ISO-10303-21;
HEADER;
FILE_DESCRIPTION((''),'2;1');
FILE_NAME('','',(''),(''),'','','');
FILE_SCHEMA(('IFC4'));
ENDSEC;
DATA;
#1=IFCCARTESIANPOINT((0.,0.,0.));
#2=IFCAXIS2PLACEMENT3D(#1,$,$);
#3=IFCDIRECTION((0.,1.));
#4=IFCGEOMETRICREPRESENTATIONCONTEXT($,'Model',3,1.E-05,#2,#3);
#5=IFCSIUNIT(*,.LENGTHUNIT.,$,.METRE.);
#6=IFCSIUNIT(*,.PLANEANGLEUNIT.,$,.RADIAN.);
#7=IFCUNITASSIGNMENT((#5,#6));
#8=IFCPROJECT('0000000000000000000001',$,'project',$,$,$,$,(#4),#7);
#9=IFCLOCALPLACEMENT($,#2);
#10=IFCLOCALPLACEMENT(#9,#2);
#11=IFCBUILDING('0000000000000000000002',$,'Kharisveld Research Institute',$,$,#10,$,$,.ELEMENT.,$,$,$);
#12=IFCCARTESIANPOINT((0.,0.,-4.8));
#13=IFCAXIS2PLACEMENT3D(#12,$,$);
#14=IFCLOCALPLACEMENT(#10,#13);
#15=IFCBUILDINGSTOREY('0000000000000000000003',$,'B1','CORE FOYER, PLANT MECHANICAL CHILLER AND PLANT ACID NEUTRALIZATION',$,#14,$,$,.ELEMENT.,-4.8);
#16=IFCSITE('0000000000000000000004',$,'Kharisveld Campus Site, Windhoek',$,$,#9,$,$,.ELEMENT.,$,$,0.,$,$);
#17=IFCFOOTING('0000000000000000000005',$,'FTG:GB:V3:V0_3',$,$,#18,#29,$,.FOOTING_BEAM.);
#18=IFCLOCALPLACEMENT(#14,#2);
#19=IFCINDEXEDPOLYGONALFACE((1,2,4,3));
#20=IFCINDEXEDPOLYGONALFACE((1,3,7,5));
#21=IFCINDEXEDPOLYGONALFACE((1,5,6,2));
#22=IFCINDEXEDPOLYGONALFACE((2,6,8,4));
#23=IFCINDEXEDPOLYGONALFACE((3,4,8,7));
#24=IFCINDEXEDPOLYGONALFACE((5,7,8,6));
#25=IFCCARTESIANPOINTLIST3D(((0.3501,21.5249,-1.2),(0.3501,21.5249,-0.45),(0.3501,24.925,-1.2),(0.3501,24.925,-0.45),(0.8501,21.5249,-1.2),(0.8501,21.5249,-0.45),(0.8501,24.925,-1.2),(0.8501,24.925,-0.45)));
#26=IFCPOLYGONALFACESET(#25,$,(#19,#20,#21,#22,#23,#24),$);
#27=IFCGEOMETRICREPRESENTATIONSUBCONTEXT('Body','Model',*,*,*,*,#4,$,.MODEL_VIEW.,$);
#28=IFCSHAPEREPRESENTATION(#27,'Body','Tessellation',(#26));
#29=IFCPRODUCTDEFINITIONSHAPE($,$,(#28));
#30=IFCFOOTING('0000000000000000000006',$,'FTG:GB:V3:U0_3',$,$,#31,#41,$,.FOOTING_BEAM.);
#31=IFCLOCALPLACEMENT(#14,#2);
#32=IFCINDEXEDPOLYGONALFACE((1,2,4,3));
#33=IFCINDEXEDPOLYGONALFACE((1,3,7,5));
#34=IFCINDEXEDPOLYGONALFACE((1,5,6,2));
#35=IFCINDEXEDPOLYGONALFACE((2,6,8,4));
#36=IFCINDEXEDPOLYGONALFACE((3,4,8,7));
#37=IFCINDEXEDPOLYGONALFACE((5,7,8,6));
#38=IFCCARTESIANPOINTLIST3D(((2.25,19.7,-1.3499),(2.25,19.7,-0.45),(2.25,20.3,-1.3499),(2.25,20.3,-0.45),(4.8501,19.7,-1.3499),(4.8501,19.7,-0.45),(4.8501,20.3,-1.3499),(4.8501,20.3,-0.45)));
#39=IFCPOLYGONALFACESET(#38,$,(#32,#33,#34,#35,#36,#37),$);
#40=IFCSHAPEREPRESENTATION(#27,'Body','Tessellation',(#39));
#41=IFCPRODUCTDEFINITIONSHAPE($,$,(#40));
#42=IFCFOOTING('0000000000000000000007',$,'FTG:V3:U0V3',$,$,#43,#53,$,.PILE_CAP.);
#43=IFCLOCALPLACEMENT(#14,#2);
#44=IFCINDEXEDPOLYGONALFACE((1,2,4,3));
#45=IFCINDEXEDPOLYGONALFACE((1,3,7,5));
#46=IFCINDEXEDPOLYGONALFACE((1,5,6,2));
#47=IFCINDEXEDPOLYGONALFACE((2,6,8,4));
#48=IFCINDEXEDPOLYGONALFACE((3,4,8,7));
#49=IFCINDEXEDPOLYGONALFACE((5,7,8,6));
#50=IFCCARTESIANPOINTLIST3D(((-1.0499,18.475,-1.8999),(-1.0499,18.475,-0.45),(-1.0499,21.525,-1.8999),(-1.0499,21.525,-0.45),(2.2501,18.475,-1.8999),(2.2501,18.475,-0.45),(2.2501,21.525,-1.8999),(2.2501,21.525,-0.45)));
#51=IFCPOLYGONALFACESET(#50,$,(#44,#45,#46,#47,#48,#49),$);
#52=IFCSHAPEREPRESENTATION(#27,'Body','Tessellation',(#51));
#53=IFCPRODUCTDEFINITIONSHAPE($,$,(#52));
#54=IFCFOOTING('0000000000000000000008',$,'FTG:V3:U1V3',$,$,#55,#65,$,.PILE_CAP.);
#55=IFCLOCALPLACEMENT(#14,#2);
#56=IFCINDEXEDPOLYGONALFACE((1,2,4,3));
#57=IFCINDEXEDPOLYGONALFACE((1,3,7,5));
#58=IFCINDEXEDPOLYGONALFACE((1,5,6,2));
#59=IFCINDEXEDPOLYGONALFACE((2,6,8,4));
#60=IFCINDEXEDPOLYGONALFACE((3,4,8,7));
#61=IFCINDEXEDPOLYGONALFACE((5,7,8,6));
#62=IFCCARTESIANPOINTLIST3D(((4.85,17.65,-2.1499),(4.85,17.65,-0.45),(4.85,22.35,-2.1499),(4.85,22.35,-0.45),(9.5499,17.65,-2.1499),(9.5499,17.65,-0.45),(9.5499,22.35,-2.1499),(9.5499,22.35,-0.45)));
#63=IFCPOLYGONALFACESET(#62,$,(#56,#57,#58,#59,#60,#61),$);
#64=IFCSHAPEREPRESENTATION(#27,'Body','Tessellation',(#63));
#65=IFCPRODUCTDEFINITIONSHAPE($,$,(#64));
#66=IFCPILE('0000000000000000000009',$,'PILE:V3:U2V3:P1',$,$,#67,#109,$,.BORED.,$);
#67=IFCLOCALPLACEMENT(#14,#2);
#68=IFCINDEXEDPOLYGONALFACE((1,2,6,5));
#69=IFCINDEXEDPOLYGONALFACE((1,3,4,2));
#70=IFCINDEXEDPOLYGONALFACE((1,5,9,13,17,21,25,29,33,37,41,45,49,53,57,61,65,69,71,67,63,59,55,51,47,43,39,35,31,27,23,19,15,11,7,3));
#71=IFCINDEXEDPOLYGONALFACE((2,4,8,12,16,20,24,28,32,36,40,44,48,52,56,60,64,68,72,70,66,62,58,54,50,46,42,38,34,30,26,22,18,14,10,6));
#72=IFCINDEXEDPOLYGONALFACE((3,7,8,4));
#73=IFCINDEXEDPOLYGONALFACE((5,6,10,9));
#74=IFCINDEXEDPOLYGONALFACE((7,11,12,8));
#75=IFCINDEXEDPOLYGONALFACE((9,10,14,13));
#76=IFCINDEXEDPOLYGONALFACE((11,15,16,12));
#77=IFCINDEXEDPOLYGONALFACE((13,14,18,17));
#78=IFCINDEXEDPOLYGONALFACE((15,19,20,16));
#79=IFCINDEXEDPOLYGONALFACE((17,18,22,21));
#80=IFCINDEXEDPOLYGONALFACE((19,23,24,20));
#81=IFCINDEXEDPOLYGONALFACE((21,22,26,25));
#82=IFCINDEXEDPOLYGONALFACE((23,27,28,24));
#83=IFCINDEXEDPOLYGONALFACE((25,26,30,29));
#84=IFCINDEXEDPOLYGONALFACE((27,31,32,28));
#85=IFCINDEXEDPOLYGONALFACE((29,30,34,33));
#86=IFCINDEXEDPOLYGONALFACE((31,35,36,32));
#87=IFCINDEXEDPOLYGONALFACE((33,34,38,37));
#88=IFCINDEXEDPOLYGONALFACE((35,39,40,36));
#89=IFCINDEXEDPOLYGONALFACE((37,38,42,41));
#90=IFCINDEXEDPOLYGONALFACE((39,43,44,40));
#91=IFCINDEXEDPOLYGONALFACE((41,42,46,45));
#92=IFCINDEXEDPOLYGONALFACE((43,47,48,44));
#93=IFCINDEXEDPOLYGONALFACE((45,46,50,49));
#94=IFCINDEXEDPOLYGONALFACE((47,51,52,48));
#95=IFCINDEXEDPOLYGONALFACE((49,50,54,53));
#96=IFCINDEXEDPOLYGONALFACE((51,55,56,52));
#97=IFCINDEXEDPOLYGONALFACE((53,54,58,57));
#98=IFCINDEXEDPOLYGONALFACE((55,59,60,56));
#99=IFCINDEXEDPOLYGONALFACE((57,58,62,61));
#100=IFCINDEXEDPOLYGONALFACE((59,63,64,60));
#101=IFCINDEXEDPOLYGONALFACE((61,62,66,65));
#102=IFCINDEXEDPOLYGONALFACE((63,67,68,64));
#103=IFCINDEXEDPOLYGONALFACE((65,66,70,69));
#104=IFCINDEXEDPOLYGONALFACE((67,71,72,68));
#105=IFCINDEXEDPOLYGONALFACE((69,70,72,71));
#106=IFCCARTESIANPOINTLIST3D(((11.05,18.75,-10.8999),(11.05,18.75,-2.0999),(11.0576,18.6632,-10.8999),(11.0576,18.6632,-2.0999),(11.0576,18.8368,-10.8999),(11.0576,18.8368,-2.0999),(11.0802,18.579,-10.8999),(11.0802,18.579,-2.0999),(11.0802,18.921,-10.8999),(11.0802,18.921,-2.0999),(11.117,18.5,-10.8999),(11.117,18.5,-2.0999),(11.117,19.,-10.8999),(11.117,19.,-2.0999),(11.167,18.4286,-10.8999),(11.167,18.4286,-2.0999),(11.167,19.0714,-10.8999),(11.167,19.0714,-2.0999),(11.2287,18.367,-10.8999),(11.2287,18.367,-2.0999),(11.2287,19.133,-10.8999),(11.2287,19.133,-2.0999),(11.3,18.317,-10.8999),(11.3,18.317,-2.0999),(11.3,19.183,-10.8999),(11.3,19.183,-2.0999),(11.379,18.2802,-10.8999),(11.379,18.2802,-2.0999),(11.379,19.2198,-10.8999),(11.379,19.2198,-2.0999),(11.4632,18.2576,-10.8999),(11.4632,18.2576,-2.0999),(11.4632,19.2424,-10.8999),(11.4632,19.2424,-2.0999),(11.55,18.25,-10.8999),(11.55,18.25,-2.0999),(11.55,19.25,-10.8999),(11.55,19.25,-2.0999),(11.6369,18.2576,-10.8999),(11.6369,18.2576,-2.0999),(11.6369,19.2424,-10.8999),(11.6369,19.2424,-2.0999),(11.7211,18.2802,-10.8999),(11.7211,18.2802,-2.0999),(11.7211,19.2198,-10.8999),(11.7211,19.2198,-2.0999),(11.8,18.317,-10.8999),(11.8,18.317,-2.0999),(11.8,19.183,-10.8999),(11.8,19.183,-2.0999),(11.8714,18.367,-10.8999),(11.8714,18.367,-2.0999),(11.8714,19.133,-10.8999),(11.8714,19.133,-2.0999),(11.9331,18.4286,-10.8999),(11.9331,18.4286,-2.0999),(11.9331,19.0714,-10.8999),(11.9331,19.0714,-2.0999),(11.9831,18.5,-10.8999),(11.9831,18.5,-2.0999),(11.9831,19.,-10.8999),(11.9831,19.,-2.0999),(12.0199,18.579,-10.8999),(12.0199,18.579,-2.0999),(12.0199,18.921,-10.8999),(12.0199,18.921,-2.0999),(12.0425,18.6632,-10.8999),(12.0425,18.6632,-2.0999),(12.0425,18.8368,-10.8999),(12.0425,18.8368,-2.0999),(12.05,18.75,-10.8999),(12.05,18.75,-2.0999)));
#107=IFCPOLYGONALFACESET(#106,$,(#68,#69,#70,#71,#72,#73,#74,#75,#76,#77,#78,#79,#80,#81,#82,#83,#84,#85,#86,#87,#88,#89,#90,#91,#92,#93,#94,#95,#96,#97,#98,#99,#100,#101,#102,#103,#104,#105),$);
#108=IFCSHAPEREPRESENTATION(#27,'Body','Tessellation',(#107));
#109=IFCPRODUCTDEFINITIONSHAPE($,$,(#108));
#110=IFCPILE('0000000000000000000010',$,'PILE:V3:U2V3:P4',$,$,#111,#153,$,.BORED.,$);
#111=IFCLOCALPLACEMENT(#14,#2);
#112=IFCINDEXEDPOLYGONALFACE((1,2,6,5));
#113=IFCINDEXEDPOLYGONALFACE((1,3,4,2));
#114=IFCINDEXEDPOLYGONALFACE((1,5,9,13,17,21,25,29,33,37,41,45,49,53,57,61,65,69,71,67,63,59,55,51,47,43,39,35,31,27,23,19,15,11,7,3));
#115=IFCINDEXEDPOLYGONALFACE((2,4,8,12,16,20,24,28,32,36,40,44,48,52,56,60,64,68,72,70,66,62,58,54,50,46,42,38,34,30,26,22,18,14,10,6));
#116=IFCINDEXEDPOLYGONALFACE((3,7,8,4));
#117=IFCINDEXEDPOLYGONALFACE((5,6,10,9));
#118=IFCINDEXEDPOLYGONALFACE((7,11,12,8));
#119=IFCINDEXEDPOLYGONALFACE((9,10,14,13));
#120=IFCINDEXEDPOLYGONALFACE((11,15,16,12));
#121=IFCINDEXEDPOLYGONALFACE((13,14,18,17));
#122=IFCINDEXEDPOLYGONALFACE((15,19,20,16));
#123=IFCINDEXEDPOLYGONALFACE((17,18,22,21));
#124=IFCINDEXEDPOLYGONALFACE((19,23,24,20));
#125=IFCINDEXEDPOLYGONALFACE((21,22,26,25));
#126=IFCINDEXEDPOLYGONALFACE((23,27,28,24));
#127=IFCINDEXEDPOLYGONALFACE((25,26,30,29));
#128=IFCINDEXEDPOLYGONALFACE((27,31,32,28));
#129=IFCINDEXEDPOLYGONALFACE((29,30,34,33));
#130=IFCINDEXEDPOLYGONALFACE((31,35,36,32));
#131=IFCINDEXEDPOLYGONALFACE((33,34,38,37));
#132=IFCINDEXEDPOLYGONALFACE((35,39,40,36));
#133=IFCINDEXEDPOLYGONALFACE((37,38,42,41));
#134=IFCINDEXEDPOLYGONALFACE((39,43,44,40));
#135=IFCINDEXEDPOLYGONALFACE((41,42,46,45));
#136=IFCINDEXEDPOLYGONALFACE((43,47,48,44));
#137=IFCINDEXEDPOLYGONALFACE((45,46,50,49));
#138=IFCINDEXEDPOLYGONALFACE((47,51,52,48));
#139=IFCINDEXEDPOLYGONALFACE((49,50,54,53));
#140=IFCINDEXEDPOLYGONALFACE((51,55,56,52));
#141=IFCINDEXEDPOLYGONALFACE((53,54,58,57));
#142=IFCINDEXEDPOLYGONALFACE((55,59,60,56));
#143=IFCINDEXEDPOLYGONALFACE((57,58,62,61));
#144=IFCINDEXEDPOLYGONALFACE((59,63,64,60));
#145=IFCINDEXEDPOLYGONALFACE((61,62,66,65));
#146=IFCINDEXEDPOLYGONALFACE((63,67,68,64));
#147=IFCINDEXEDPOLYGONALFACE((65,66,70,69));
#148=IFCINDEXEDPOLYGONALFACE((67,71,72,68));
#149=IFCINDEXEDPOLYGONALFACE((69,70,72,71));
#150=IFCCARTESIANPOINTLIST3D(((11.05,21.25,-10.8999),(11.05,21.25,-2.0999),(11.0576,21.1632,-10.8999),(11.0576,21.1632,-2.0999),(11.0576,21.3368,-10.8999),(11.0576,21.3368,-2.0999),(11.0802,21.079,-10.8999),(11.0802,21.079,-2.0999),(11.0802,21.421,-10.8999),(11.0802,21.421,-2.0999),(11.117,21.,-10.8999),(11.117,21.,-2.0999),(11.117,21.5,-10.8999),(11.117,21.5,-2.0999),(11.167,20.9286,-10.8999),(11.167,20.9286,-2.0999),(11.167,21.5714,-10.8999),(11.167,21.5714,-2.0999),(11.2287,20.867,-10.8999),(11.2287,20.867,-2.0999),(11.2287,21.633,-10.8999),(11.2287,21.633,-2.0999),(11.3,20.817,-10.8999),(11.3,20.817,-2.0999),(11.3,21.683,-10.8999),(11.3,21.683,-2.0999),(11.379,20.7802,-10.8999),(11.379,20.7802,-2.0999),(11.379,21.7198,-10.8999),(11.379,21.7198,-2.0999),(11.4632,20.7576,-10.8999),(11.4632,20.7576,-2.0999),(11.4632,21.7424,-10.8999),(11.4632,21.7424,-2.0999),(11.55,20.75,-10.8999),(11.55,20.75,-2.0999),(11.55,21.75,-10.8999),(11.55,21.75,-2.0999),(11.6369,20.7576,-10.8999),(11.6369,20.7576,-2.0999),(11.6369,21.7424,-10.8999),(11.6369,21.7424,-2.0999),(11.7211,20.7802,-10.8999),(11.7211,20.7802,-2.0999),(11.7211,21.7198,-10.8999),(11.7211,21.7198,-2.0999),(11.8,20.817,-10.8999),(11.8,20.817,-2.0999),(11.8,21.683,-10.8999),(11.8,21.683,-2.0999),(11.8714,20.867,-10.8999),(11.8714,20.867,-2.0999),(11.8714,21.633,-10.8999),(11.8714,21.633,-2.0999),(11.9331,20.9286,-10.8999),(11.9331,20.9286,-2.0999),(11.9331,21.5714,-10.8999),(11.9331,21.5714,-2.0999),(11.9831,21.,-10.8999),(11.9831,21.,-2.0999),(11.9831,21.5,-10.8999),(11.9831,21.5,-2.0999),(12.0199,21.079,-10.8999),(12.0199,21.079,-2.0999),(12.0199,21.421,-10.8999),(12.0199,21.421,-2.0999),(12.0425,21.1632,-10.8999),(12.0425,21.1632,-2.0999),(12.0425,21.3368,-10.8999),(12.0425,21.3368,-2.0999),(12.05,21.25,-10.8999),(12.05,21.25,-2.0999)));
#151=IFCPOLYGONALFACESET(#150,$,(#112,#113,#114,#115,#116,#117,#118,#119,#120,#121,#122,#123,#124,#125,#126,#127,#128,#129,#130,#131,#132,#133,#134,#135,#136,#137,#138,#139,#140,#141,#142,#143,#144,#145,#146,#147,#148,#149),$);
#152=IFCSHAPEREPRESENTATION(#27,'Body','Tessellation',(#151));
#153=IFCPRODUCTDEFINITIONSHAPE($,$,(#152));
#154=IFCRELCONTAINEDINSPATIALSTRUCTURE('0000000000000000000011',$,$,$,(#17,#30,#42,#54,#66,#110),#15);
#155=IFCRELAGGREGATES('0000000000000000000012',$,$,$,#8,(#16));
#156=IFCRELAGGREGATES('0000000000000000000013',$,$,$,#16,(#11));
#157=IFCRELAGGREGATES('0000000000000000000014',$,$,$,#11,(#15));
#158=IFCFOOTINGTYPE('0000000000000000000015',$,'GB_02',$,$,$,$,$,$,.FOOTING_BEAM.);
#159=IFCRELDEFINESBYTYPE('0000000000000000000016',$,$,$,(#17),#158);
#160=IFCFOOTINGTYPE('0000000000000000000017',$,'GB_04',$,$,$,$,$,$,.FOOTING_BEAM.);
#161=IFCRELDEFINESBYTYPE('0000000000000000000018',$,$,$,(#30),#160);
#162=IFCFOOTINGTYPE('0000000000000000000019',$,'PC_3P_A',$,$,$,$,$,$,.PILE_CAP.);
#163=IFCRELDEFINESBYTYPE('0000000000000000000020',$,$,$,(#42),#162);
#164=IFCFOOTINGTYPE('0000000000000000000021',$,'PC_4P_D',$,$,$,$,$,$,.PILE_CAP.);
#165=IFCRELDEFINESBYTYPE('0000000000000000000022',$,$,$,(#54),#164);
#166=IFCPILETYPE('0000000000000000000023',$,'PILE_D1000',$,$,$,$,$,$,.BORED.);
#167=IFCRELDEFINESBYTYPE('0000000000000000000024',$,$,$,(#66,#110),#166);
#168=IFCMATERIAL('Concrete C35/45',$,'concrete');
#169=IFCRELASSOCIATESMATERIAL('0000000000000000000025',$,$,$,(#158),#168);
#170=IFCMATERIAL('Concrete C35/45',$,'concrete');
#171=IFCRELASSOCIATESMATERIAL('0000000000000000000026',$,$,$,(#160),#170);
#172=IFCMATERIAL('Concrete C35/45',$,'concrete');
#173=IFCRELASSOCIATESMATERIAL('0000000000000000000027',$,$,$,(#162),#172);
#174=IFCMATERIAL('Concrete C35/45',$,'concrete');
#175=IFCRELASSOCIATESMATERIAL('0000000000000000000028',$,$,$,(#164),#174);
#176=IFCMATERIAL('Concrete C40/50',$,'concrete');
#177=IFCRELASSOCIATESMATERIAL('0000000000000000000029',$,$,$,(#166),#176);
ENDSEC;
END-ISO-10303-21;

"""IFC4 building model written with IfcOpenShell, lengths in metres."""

from ifc_helpers import new_model, si_unit, direction, frame, origin, origin_2d, place, context, subcontext, project, spatial, rectangle, circle, extrude, material, material_profile, profile_set, type_object, element, save


model = new_model("IFC4")

# Units and contexts
model_context = context("Model", 3, precision=1e-05, world=origin(), true_north=direction((0.0, 1.0)))
body_context = subcontext(model_context, "Body", "Model", "MODEL_VIEW")
ifc_project = project(units=[si_unit("LENGTHUNIT", "METRE"), si_unit("PLANEANGLEUNIT", "RADIAN")], contexts=[model_context])

# Site, building, storey
site_placement = place(None, origin())
site = spatial("IfcSite", under=ifc_project, at=site_placement, Name="Kharisveld Campus Site, Windhoek", CompositionType="ELEMENT", RefElevation=0.0)
building_placement = place(site_placement, origin())
building = spatial("IfcBuilding", under=site, at=building_placement, Name="Kharisveld Research Institute", CompositionType="ELEMENT")
storey_placement = place(building_placement, frame((0.0, 0.0, -4.8)))
storey = spatial("IfcBuildingStorey", under=building, at=storey_placement, Name="B1", Description="CORE FOYER, PLANT MECHANICAL CHILLER AND PLANT ACID NEUTRALIZATION", CompositionType="ELEMENT", Elevation=-4.8)

# Footings
ifc_material_1 = material(Name="Concrete C35/45", Category="concrete")
ifc_material_profile_1 = material_profile(ifc_material_1, rectangle(XDim=0.5, YDim=0.75, at=origin_2d()))
ifc_profile_set_1 = profile_set([ifc_material_profile_1], Name="Concrete C35/45")
footing_type_1 = type_object("IfcFootingType", Name="GB_02", PredefinedType="FOOTING_BEAM", material=ifc_profile_set_1)
footing_1_placement = place(storey_placement, frame((0.6001, 21.5249, -0.825), z_axis=(0.0, 1.0, 0.0), x_axis=(-1.0, 0.0, 0.0)))
element("IfcFooting", 1, at=footing_1_placement, inside=storey, type_object=footing_type_1, Name="FTG:GB:V3:V0_3", PredefinedType="FOOTING_BEAM", context=body_context, shape_type="SweptSolid", body=[
    extrude(rectangle(XDim=0.5, YDim=0.75, at=origin_2d()), origin(), (0.0, 0.0, 1.0), 3.4001),
])
ifc_material_2 = material(Name="Concrete C35/45", Category="concrete")
ifc_material_profile_2 = material_profile(ifc_material_2, rectangle(XDim=0.6001, YDim=0.8999, at=origin_2d()))
ifc_profile_set_2 = profile_set([ifc_material_profile_2], Name="Concrete C35/45")
footing_type_2 = type_object("IfcFootingType", Name="GB_04", PredefinedType="FOOTING_BEAM", material=ifc_profile_set_2)
footing_2_placement = place(storey_placement, frame((2.25, 20.0, -0.8999), z_axis=(1.0, 0.0, 0.0), x_axis=(0.0, 1.0, 0.0)))
element("IfcFooting", 2, at=footing_2_placement, inside=storey, type_object=footing_type_2, Name="FTG:GB:V3:U0_3", PredefinedType="FOOTING_BEAM", context=body_context, shape_type="SweptSolid", body=[
    extrude(rectangle(XDim=0.6001, YDim=0.8999, at=origin_2d()), origin(), (0.0, 0.0, 1.0), 2.6001),
])
ifc_material_3 = material(Name="Concrete C35/45", Category="concrete")
footing_type_3 = type_object("IfcFootingType", Name="PC_3P_A", PredefinedType="PILE_CAP", material=ifc_material_3)
footing_3_placement = place(storey_placement, frame((0.6001, 20.0, -1.8999), z_axis=(0.0, 0.0, 1.0), x_axis=(1.0, 0.0, 0.0)))
element("IfcFooting", 3, at=footing_3_placement, inside=storey, type_object=footing_type_3, Name="FTG:V3:U0V3", PredefinedType="PILE_CAP", context=body_context, shape_type="SweptSolid", body=[
    extrude(rectangle(XDim=3.3, YDim=3.05, at=origin_2d()), origin(), (0.0, 0.0, 1.0), 1.45),
])
ifc_material_4 = material(Name="Concrete C35/45", Category="concrete")
footing_type_4 = type_object("IfcFootingType", Name="PC_4P_D", PredefinedType="PILE_CAP", material=ifc_material_4)
footing_4_placement = place(storey_placement, frame((7.2, 20.0, -2.1499), z_axis=(0.0, 0.0, 1.0), x_axis=(1.0, 0.0, 0.0)))
element("IfcFooting", 4, at=footing_4_placement, inside=storey, type_object=footing_type_4, Name="FTG:V3:U1V3", PredefinedType="PILE_CAP", context=body_context, shape_type="SweptSolid", body=[
    extrude(rectangle(XDim=4.7, YDim=4.7, at=origin_2d()), origin(), (0.0, 0.0, 1.0), 1.7),
])

# Piles
ifc_material_5 = material(Name="Concrete C40/50", Category="concrete")
ifc_material_profile_3 = material_profile(ifc_material_5, circle(Radius=0.5, at=origin_2d()))
ifc_profile_set_3 = profile_set([ifc_material_profile_3], Name="Concrete C40/50")
pile_type_1 = type_object("IfcPileType", Name="PILE_D1000", PredefinedType="BORED", material=ifc_profile_set_3)
for number, where, z_axis, x_axis, name in (
    (5, (11.55, 18.75, -2.0999), (0.0, 0.0, -1.0), (1.0, 0.0, 0.0), "PILE:V3:U2V3:P1"),
    (6, (11.55, 21.25, -2.0999), (0.0, 0.0, -1.0), (1.0, 0.0, 0.0), "PILE:V3:U2V3:P4"),
):
    element("IfcPile", number, at=place(storey_placement, frame(where, z_axis=z_axis, x_axis=x_axis)), inside=storey, type_object=pile_type_1, Name=name, PredefinedType="BORED", context=body_context, shape_type="SweptSolid", body=[
        extrude(circle(Radius=0.5, at=origin_2d()), origin(), (0.0, 0.0, 1.0), 8.8),
    ])

save(model, "model.ifc")
